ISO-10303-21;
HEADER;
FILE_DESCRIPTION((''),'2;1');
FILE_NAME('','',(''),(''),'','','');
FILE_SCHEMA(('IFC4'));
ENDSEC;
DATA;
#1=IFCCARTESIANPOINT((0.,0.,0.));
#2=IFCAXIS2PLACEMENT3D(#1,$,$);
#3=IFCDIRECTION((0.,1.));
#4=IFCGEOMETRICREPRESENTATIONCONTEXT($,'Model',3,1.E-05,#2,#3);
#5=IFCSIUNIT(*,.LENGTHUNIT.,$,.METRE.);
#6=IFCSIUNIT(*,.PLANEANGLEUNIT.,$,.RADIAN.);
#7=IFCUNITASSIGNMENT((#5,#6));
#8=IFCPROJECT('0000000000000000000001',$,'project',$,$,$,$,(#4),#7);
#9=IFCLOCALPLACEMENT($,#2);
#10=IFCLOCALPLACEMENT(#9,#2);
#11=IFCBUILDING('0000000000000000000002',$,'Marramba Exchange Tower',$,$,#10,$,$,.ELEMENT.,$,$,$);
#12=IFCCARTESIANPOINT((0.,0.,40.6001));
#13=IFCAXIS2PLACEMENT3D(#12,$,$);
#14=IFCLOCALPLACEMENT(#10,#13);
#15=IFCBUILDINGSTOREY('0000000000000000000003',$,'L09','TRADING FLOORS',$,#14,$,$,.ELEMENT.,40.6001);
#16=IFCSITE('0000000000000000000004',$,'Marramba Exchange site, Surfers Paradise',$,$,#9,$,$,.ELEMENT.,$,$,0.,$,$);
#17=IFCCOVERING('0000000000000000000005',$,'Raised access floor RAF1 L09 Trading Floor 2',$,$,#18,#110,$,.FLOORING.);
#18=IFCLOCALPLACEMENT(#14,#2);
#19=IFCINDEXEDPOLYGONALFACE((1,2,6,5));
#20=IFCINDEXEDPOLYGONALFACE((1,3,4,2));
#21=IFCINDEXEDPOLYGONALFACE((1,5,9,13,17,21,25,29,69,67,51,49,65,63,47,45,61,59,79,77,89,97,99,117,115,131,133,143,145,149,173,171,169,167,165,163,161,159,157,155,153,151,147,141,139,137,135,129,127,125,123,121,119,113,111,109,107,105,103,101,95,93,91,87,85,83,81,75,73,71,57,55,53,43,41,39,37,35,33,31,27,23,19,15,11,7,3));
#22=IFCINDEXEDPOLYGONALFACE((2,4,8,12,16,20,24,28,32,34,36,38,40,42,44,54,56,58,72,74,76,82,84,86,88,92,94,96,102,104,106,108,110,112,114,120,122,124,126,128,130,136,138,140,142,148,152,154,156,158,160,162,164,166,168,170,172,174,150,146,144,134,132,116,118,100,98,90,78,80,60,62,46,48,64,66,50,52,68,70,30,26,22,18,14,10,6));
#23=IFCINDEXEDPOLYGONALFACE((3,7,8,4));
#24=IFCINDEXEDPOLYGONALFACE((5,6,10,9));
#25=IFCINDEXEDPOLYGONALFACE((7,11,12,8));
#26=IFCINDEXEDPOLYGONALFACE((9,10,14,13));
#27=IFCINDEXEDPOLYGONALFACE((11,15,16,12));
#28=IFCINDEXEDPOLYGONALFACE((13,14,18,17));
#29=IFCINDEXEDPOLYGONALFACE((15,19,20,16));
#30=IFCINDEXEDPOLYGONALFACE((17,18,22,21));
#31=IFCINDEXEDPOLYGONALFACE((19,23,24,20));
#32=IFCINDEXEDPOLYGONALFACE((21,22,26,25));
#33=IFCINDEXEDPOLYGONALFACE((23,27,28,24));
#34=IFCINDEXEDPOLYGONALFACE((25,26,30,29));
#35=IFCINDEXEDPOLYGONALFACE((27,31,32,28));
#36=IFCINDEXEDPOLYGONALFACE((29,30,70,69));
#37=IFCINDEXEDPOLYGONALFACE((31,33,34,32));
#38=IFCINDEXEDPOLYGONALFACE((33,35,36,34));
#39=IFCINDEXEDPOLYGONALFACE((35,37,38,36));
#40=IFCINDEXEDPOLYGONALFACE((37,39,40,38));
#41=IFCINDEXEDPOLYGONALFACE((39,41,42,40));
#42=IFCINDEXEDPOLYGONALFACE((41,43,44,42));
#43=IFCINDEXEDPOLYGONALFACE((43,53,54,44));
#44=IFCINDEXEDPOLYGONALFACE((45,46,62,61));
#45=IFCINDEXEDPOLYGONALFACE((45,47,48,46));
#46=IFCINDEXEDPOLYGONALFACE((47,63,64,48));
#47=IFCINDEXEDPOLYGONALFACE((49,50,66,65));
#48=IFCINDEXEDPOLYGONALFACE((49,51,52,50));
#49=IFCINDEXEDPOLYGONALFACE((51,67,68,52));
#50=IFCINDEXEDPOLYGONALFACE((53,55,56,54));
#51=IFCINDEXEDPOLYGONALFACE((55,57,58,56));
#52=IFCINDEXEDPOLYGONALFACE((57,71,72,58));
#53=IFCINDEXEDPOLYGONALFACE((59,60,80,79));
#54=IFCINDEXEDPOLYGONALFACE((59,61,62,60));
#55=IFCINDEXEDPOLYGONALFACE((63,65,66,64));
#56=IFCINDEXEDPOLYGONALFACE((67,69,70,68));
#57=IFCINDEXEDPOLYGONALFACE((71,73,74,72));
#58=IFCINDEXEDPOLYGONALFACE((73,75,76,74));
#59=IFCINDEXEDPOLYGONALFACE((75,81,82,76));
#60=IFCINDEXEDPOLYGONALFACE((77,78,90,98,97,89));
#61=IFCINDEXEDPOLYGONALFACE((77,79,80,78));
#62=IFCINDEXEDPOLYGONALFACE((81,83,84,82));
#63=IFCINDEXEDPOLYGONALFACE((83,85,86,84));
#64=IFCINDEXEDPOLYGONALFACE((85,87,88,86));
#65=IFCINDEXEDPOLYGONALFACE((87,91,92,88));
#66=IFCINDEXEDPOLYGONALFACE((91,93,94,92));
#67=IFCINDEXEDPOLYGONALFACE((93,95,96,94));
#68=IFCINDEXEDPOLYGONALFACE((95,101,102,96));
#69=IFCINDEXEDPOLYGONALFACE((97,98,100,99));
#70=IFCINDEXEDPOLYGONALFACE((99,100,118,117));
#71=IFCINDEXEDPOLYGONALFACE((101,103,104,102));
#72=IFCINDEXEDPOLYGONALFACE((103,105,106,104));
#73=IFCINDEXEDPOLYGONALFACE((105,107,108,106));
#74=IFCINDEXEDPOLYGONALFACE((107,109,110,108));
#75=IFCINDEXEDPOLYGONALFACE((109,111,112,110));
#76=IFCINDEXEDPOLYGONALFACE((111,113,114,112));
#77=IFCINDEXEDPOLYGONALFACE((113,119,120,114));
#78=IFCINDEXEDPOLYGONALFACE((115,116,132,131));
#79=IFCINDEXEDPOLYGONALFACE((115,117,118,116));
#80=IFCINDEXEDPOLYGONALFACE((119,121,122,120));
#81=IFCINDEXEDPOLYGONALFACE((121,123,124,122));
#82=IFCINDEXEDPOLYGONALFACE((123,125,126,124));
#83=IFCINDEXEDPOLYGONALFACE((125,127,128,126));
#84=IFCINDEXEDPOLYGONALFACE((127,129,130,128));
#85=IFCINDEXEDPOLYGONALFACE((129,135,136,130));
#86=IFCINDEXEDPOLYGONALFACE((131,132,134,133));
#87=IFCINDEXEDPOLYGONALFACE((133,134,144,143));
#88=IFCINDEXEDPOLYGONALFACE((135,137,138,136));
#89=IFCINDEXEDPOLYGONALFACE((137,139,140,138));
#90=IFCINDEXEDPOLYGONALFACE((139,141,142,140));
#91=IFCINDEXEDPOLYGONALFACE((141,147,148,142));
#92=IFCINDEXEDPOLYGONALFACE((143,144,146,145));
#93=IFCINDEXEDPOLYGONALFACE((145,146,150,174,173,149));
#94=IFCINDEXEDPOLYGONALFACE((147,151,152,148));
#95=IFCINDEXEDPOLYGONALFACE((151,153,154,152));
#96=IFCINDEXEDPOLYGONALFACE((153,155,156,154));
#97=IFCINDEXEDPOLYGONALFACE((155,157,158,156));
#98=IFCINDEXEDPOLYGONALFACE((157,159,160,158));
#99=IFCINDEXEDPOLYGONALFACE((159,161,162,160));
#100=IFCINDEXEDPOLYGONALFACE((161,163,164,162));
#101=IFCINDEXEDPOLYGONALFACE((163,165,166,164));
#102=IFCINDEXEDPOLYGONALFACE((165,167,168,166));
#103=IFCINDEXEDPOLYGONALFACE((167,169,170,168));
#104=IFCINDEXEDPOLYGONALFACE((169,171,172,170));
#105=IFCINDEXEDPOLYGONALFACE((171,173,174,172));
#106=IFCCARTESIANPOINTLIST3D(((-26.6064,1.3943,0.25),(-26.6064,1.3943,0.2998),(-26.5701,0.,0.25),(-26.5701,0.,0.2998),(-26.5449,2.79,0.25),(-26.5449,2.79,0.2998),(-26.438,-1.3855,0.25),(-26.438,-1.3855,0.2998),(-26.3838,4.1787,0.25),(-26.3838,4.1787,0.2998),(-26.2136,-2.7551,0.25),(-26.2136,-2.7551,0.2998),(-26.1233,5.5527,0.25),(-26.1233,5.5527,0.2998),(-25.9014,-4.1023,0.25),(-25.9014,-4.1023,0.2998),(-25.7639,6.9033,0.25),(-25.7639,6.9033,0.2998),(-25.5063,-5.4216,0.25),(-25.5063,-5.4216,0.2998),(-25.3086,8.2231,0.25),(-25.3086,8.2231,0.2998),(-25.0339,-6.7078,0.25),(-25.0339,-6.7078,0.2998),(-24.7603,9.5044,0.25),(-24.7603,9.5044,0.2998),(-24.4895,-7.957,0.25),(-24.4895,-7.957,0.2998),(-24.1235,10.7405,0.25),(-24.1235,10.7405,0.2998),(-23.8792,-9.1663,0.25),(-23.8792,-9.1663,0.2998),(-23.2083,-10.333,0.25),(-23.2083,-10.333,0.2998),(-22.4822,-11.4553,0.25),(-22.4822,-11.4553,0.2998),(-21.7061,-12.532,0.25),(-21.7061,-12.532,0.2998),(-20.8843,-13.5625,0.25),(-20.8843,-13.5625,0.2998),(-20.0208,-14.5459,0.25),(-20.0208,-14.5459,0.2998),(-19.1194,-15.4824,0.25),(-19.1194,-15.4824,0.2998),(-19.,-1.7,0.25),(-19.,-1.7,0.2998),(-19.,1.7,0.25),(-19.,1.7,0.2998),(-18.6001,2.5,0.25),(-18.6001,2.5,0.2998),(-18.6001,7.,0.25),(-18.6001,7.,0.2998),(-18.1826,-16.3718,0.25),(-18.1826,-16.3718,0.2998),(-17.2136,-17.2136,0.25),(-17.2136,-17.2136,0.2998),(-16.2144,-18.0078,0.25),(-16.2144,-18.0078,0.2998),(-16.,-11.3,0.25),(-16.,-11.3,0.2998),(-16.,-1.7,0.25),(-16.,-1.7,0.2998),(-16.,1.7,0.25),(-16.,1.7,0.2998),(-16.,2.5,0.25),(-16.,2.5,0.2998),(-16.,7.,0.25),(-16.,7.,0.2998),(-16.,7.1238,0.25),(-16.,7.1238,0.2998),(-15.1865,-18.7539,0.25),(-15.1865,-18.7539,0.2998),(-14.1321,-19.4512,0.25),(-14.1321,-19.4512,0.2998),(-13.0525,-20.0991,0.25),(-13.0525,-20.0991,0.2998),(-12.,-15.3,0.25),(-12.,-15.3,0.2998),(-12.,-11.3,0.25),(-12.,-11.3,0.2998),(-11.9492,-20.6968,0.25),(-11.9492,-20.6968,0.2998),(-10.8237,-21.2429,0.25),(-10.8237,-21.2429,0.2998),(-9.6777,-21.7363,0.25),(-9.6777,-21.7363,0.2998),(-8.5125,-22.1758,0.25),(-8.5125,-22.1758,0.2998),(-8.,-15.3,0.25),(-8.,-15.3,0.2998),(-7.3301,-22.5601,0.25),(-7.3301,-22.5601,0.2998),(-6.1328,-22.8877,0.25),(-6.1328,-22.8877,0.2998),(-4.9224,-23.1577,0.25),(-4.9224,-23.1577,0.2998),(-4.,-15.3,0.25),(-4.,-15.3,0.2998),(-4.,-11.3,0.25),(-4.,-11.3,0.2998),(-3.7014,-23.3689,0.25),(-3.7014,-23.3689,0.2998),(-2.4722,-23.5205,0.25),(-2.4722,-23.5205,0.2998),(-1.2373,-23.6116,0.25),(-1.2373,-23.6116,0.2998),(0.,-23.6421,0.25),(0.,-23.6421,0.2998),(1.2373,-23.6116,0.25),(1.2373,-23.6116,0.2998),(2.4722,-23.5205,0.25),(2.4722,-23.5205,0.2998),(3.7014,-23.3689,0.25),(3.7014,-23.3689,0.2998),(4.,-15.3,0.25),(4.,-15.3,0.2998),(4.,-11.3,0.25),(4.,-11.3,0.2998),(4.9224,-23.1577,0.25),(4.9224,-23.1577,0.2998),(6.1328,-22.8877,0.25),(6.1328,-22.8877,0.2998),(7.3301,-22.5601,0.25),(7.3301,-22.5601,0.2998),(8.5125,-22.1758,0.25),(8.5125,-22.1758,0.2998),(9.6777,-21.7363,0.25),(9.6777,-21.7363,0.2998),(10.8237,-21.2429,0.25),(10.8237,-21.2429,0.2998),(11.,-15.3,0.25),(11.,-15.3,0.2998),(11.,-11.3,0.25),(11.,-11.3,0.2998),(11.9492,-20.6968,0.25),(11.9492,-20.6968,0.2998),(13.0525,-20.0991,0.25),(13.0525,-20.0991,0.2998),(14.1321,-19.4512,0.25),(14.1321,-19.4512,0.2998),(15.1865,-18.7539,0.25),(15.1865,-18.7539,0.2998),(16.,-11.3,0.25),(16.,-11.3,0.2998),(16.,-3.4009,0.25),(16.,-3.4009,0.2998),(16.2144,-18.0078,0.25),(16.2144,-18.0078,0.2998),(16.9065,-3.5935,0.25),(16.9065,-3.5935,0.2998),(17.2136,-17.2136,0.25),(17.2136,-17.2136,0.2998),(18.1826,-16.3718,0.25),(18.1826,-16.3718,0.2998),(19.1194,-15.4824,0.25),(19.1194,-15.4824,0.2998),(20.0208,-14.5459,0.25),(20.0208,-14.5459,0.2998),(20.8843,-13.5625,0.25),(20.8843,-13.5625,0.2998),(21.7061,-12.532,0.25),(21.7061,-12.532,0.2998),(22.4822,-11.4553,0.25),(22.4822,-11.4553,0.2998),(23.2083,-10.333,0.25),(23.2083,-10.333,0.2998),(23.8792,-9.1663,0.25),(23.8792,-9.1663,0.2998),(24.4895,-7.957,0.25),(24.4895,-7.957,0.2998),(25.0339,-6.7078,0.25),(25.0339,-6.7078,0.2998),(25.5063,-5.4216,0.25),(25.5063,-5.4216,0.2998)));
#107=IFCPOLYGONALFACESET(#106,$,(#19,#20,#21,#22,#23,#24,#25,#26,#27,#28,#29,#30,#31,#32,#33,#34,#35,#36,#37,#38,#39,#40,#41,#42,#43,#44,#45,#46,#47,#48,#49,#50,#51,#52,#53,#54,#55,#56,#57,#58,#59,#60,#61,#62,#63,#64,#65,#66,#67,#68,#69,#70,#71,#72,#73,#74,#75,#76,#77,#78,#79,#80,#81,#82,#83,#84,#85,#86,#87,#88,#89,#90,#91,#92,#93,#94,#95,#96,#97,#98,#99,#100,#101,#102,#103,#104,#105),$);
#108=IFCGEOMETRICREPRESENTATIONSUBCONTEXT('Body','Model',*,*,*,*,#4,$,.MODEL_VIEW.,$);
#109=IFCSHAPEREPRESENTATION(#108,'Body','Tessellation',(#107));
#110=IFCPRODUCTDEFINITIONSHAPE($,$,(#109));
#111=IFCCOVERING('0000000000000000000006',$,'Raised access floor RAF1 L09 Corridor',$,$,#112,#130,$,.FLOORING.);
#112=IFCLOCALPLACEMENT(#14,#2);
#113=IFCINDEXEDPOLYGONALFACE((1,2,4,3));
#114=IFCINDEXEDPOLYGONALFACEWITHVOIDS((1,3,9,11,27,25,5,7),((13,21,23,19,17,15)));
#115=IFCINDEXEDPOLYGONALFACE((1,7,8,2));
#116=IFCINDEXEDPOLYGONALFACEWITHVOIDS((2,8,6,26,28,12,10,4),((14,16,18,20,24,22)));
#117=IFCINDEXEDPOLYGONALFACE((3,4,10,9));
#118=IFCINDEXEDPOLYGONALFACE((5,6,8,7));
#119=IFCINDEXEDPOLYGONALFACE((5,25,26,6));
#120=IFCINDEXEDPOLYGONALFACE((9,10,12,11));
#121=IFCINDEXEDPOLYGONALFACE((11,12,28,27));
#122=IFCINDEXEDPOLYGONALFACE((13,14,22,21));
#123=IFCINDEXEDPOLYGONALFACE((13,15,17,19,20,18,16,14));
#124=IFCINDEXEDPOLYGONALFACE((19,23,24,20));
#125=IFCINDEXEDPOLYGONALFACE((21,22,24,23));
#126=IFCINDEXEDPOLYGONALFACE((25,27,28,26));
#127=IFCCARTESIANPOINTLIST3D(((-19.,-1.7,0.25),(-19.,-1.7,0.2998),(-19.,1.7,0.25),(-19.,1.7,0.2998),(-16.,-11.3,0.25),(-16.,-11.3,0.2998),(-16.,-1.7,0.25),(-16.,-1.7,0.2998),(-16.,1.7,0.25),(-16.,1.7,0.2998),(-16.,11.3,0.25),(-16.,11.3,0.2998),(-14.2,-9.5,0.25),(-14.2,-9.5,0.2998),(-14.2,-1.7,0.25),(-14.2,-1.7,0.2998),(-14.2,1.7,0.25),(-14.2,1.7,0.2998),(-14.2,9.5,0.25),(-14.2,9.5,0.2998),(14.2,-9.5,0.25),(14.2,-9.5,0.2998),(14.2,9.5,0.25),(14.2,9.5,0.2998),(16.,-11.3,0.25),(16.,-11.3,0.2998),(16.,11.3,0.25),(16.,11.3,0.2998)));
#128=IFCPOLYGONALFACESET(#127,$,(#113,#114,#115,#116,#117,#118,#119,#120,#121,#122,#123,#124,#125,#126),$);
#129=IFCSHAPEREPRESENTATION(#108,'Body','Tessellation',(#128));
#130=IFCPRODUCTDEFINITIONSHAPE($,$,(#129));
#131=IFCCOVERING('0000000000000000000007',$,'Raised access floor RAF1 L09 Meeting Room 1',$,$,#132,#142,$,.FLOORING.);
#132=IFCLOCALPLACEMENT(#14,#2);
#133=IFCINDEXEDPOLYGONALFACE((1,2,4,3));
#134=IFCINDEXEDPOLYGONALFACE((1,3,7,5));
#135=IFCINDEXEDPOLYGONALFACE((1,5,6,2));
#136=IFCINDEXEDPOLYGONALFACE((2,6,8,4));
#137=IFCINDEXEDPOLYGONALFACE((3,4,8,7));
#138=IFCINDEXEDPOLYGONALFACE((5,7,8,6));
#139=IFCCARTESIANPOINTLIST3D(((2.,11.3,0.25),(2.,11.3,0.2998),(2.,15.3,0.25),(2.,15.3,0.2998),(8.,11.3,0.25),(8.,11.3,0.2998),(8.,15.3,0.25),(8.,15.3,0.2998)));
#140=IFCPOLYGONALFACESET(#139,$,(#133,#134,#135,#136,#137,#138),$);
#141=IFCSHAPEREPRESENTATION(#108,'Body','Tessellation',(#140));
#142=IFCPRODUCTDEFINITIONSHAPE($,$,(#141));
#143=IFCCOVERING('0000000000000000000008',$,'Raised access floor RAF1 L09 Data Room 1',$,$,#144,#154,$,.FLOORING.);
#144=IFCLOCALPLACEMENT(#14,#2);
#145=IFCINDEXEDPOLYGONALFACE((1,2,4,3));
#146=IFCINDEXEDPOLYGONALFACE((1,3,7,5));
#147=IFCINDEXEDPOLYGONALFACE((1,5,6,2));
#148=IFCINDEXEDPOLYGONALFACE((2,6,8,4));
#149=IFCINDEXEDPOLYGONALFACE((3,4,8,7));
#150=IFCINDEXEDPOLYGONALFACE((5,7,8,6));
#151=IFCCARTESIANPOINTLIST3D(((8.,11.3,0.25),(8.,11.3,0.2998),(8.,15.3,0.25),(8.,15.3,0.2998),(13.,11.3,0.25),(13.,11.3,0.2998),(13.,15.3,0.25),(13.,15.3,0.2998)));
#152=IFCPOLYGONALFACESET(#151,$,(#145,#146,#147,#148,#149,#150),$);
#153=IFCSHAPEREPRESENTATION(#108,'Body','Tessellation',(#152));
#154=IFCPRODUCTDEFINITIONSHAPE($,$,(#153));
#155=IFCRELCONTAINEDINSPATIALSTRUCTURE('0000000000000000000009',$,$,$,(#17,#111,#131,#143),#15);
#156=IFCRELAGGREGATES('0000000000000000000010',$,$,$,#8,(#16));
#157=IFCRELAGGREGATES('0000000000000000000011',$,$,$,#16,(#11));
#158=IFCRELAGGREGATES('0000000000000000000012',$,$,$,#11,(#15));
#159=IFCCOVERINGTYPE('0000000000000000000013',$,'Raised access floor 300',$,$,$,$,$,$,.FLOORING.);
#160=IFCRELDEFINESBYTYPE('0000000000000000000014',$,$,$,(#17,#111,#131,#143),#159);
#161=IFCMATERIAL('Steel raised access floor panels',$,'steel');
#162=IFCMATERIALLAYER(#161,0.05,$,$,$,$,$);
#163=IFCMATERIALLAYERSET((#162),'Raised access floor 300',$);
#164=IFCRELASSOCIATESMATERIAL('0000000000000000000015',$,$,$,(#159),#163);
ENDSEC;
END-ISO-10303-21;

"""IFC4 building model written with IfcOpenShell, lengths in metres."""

from ifc_helpers import new_model, si_unit, direction, frame, origin, place, context, subcontext, project, spatial, polyline, outline, extrude, material, layer, layer_set, type_object, element, save


model = new_model("IFC4")

# Units and contexts
model_context = context("Model", 3, precision=1e-05, world=origin(), true_north=direction((0.0, 1.0)))
body_context = subcontext(model_context, "Body", "Model", "MODEL_VIEW")
ifc_project = project(units=[si_unit("LENGTHUNIT", "METRE"), si_unit("PLANEANGLEUNIT", "RADIAN")], contexts=[model_context])

# Site, building, storey
site_placement = place(None, origin())
site = spatial("IfcSite", under=ifc_project, at=site_placement, Name="Marramba Exchange site, Surfers Paradise", CompositionType="ELEMENT", RefElevation=0.0)
building_placement = place(site_placement, origin())
building = spatial("IfcBuilding", under=site, at=building_placement, Name="Marramba Exchange Tower", CompositionType="ELEMENT")
storey_placement = place(building_placement, frame((0.0, 0.0, 40.6001)))
storey = spatial("IfcBuildingStorey", under=building, at=storey_placement, Name="L09", Description="TRADING FLOORS", CompositionType="ELEMENT", Elevation=40.6001)

# Coverings
ifc_material_1 = material(Name="Steel raised access floor panels", Category="steel")
ifc_layer_1 = layer(ifc_material_1, 0.05)
ifc_layer_set_1 = layer_set([ifc_layer_1], Name="Raised access floor 300")
covering_type_1 = type_object("IfcCoveringType", Name="Raised access floor 300", PredefinedType="FLOORING", material=ifc_layer_set_1)
covering_1_placement = place(storey_placement, frame((0.0, 0.0, 0.25)))
element("IfcCovering", 1, at=covering_1_placement, inside=storey, type_object=covering_type_1, Name="Raised access floor RAF1 L09 Trading Floor 2", PredefinedType="FLOORING", context=body_context, shape_type="SweptSolid", body=[
    extrude(outline(polyline([(-19.0, 1.7), (-19.0, -1.7), (-16.0, -1.7), (-16.0, -11.3), (-12.0, -11.3), (-12.0, -15.3), (-8.0, -15.3), (-4.0, -15.3), (-4.0, -11.3), (4.0, -11.3), (4.0, -15.3), (11.0, -15.3), (11.0, -11.3), (16.0, -11.3), (16.0, -3.4009), (16.9065, -3.5935), (25.5063, -5.4216), (25.0339, -6.7078), (24.4895, -7.957), (23.8792, -9.1663), (23.2083, -10.333), (22.4822, -11.4553), (21.7061, -12.532), (20.8843, -13.5625), (20.0208, -14.5459), (19.1194, -15.4824), (18.1826, -16.3718), (17.2136, -17.2136), (16.2144, -18.0078), (15.1865, -18.7539), (14.1321, -19.4512), (13.0525, -20.0991), (11.9492, -20.6968), (10.8237, -21.2429), (9.6777, -21.7363), (8.5125, -22.1758), (7.3301, -22.5601), (6.1328, -22.8877), (4.9224, -23.1577), (3.7014, -23.3689), (2.4722, -23.5205), (1.2373, -23.6116), (0.0, -23.6421), (-1.2373, -23.6116), (-2.4722, -23.5205), (-3.7014, -23.3689), (-4.9224, -23.1577), (-6.1328, -22.8877), (-7.3301, -22.5601), (-8.5125, -22.1758), (-9.6777, -21.7363), (-10.8237, -21.2429), (-11.9492, -20.6968), (-13.0525, -20.0991), (-14.1321, -19.4512), (-15.1865, -18.7539), (-16.2144, -18.0078), (-17.2136, -17.2136), (-18.1826, -16.3718), (-19.1194, -15.4824), (-20.0208, -14.5459), (-20.8843, -13.5625), (-21.7061, -12.532), (-22.4822, -11.4553), (-23.2083, -10.333), (-23.8792, -9.1663), (-24.4895, -7.957), (-25.0339, -6.7078), (-25.5063, -5.4216), (-25.9014, -4.1023), (-26.2136, -2.7551), (-26.438, -1.3855), (-26.5701, 0.0), (-26.6064, 1.3943), (-26.5449, 2.79), (-26.3838, 4.1787), (-26.1233, 5.5527), (-25.7639, 6.9033), (-25.3086, 8.2231), (-24.7603, 9.5044), (-24.1235, 10.7405), (-16.0, 7.1238), (-16.0, 7.0), (-18.6001, 7.0), (-18.6001, 2.5), (-16.0, 2.5), (-16.0, 1.7), (-19.0, 1.7)])), origin(), (0.0, 0.0, 1.0), 0.0498),
])
covering_2_placement = place(storey_placement, frame((0.0, 0.0, 0.25)))
element("IfcCovering", 2, at=covering_2_placement, inside=storey, type_object=covering_type_1, Name="Raised access floor RAF1 L09 Corridor", PredefinedType="FLOORING", context=body_context, shape_type="SweptSolid", body=[
    extrude(outline(polyline([(-16.0, 11.3), (16.0, 11.3), (16.0, -11.3), (-16.0, -11.3), (-16.0, -1.7), (-19.0, -1.7), (-19.0, 1.7), (-16.0, 1.7), (-16.0, 11.3)]), holes=[polyline([(14.2, 9.5), (-14.2, 9.5), (-14.2, 1.7), (-14.2, -1.7), (-14.2, -9.5), (14.2, -9.5), (14.2, 9.5)])]), origin(), (0.0, 0.0, 1.0), 0.0498),
])
covering_3_placement = place(storey_placement, frame((0.0, 0.0, 0.25)))
element("IfcCovering", 3, at=covering_3_placement, inside=storey, type_object=covering_type_1, Name="Raised access floor RAF1 L09 Meeting Room 1", PredefinedType="FLOORING", context=body_context, shape_type="SweptSolid", body=[
    extrude(outline(polyline([(8.0, 11.3), (2.0, 11.3), (2.0, 15.3), (8.0, 15.3), (8.0, 11.3)])), origin(), (0.0, 0.0, 1.0), 0.0498),
])
covering_4_placement = place(storey_placement, frame((0.0, 0.0, 0.25)))
element("IfcCovering", 4, at=covering_4_placement, inside=storey, type_object=covering_type_1, Name="Raised access floor RAF1 L09 Data Room 1", PredefinedType="FLOORING", context=body_context, shape_type="SweptSolid", body=[
    extrude(outline(polyline([(13.0, 11.3), (8.0, 11.3), (8.0, 15.3), (13.0, 15.3), (13.0, 11.3)])), origin(), (0.0, 0.0, 1.0), 0.0498),
])

save(model, "model.ifc")
